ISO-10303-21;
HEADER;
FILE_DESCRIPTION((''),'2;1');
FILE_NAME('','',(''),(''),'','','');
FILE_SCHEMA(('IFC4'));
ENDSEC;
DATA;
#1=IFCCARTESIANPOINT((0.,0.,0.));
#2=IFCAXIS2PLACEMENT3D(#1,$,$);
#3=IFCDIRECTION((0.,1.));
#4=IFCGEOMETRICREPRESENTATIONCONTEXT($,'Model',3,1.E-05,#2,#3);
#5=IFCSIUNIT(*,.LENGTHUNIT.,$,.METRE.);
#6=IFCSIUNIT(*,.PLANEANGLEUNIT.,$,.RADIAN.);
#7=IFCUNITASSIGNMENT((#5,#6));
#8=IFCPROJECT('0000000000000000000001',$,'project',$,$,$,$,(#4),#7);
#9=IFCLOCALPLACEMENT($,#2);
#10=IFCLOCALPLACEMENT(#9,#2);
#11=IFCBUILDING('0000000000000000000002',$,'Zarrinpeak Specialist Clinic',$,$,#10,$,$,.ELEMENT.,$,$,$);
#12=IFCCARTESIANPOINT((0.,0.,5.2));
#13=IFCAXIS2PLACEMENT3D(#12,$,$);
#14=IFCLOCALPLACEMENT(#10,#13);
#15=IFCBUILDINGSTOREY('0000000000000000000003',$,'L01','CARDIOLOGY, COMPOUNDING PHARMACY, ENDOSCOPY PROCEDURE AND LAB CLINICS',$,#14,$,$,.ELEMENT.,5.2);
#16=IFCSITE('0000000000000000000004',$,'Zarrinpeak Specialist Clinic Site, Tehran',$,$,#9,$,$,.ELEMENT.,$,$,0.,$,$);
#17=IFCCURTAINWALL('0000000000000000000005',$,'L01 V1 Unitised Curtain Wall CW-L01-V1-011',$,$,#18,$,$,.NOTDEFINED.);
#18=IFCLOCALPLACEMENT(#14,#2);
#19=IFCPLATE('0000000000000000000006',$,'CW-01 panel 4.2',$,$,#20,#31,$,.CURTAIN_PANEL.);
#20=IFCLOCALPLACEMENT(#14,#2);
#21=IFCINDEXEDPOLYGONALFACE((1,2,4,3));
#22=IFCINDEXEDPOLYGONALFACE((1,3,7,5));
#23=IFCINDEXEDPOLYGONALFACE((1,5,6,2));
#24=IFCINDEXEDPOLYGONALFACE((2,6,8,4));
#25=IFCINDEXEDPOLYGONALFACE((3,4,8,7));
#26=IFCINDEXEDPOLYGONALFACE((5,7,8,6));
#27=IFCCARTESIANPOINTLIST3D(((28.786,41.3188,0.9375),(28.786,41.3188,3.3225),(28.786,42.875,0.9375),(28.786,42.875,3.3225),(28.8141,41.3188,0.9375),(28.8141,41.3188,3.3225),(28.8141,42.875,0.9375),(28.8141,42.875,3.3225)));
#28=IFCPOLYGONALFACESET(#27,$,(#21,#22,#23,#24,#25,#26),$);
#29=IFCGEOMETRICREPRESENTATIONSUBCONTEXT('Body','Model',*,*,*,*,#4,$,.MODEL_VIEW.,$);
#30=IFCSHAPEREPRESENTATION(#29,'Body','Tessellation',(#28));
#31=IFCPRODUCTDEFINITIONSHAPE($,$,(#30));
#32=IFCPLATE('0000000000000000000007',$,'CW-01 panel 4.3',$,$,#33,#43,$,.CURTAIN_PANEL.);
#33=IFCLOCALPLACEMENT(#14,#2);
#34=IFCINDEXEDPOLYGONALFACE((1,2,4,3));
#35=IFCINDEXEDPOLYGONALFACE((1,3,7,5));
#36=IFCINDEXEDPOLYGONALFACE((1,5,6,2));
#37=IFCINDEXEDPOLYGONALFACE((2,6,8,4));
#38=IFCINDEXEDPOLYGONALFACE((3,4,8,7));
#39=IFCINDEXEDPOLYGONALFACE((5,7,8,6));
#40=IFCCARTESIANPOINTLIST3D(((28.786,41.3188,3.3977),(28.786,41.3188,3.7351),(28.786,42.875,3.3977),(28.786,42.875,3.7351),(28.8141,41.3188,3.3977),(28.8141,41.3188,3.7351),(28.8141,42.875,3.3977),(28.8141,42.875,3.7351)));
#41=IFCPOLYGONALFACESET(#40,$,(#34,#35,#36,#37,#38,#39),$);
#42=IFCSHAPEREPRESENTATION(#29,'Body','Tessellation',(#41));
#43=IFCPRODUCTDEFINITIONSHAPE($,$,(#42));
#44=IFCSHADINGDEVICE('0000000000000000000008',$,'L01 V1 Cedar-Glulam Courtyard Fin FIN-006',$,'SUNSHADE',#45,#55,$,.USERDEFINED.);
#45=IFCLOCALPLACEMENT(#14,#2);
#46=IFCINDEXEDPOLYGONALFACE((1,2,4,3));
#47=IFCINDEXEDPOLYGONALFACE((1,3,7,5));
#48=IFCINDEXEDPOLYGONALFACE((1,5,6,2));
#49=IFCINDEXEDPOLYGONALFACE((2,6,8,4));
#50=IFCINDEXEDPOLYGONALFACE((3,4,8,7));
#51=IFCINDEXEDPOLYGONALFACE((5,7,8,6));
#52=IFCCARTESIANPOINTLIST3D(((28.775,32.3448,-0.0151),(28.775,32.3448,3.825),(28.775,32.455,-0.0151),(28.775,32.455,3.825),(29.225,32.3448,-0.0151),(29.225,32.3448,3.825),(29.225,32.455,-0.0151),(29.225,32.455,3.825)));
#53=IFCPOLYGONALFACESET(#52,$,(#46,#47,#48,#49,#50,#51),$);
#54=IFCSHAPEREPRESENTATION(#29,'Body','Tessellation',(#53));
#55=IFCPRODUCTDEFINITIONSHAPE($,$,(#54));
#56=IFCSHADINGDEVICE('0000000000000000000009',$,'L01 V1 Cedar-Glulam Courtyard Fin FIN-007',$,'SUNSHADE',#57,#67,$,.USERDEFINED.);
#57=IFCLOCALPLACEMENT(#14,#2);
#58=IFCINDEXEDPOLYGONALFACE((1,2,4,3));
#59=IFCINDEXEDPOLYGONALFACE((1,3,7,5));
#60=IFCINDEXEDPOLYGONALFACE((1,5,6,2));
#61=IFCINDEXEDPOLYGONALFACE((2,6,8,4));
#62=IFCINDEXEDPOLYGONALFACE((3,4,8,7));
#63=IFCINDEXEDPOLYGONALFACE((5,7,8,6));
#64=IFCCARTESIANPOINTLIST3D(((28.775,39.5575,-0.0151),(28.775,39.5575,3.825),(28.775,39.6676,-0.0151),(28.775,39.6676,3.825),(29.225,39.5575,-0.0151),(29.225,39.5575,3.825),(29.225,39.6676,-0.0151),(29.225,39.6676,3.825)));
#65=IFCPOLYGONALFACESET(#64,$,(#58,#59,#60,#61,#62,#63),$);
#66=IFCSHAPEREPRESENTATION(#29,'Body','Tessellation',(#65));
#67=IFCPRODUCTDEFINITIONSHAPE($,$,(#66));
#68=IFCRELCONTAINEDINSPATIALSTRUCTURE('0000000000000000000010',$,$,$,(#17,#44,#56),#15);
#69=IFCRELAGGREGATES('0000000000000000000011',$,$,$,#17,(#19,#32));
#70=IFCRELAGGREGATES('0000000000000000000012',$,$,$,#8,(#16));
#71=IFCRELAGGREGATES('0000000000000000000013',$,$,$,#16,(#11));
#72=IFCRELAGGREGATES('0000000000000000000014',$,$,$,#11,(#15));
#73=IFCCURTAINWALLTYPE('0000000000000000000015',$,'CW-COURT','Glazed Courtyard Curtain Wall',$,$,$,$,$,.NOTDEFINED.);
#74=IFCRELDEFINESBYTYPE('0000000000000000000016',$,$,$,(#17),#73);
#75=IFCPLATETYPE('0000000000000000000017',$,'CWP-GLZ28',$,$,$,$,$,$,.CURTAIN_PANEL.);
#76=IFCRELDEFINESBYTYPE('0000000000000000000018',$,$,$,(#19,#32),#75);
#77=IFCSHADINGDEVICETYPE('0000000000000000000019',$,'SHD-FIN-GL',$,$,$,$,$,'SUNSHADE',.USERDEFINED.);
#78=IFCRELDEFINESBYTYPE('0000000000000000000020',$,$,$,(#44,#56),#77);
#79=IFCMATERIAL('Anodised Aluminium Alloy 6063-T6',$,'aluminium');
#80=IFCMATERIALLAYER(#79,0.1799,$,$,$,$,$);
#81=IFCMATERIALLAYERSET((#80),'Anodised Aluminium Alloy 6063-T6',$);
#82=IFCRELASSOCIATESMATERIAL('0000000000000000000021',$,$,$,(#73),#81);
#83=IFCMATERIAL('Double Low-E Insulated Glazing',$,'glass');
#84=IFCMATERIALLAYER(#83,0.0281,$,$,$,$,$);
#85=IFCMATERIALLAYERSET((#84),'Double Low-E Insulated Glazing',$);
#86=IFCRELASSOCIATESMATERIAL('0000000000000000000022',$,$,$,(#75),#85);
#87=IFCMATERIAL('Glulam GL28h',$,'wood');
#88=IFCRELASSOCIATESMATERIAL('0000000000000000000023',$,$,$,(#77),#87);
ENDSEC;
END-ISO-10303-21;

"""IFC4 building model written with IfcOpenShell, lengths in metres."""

from ifc_helpers import new_model, si_unit, direction, frame, origin, origin_2d, place, context, subcontext, project, spatial, rectangle, extrude, material, layer, layer_set, type_object, element, aggregate, save


model = new_model("IFC4")

# Units and contexts
model_context = context("Model", 3, precision=1e-05, world=origin(), true_north=direction((0.0, 1.0)))
body_context = subcontext(model_context, "Body", "Model", "MODEL_VIEW")
ifc_project = project(units=[si_unit("LENGTHUNIT", "METRE"), si_unit("PLANEANGLEUNIT", "RADIAN")], contexts=[model_context])

# Site, building, storey
site_placement = place(None, origin())
site = spatial("IfcSite", under=ifc_project, at=site_placement, Name="Zarrinpeak Specialist Clinic Site, Tehran", CompositionType="ELEMENT", RefElevation=0.0)
building_placement = place(site_placement, origin())
building = spatial("IfcBuilding", under=site, at=building_placement, Name="Zarrinpeak Specialist Clinic", CompositionType="ELEMENT")
storey_placement = place(building_placement, frame((0.0, 0.0, 5.2)))
storey = spatial("IfcBuildingStorey", under=building, at=storey_placement, Name="L01", Description="CARDIOLOGY, COMPOUNDING PHARMACY, ENDOSCOPY PROCEDURE AND LAB CLINICS", CompositionType="ELEMENT", Elevation=5.2)

# Curtain wall, plates
ifc_material_1 = material(Name="Anodised Aluminium Alloy 6063-T6", Category="aluminium")
ifc_layer_1 = layer(ifc_material_1, 0.1799)
ifc_layer_set_1 = layer_set([ifc_layer_1], Name="Anodised Aluminium Alloy 6063-T6")
curtain_wall_type = type_object("IfcCurtainWallType", Name="CW-COURT", Description="Glazed Courtyard Curtain Wall", PredefinedType="NOTDEFINED", material=ifc_layer_set_1)
curtain_wall_placement = place(storey_placement, origin())
curtain_wall = element("IfcCurtainWall", 1, at=curtain_wall_placement, inside=storey, type_object=curtain_wall_type, Name="L01 V1 Unitised Curtain Wall CW-L01-V1-011", PredefinedType="NOTDEFINED")
ifc_material_2 = material(Name="Double Low-E Insulated Glazing", Category="glass")
ifc_layer_2 = layer(ifc_material_2, 0.0281)
ifc_layer_set_2 = layer_set([ifc_layer_2], Name="Double Low-E Insulated Glazing")
plate_type = type_object("IfcPlateType", Name="CWP-GLZ28", PredefinedType="CURTAIN_PANEL", material=ifc_layer_set_2)
plate_1_placement = place(storey_placement, frame((28.8, 42.0969, 0.9375), z_axis=(0.0, 0.0, 1.0), x_axis=(0.0, 1.0, 0.0)))
plate_1 = element("IfcPlate", 2, at=plate_1_placement, type_object=plate_type, Name="CW-01 panel 4.2", PredefinedType="CURTAIN_PANEL", context=body_context, shape_type="SweptSolid", body=[
    extrude(rectangle(XDim=1.5562, YDim=0.0281, at=origin_2d()), origin(), (0.0, 0.0, 1.0), 2.385),
])
plate_2_placement = place(storey_placement, frame((28.8, 42.0969, 3.3977), z_axis=(0.0, 0.0, 1.0), x_axis=(0.0, 1.0, 0.0)))
plate_2 = element("IfcPlate", 3, at=plate_2_placement, type_object=plate_type, Name="CW-01 panel 4.3", PredefinedType="CURTAIN_PANEL", context=body_context, shape_type="SweptSolid", body=[
    extrude(rectangle(XDim=1.5562, YDim=0.0281, at=origin_2d()), origin(), (0.0, 0.0, 1.0), 0.3374),
])
aggregate(curtain_wall, [plate_1, plate_2])

# Shading devices
ifc_material_3 = material(Name="Glulam GL28h", Category="wood")
shading_device_type = type_object("IfcShadingDeviceType", Name="SHD-FIN-GL", ElementType="SUNSHADE", PredefinedType="USERDEFINED", material=ifc_material_3)
for number, where, z_axis, x_axis, name in (
    (4, (29.0, 32.3999, -0.0151), (0.0, 0.0, 1.0), (1.0, 0.0, 0.0), "L01 V1 Cedar-Glulam Courtyard Fin FIN-006"),
    (5, (29.0, 39.6125, -0.0151), (0.0, 0.0, 1.0), (1.0, 0.0, 0.0), "L01 V1 Cedar-Glulam Courtyard Fin FIN-007"),
):
    element("IfcShadingDevice", number, at=place(storey_placement, frame(where, z_axis=z_axis, x_axis=x_axis)), inside=storey, type_object=shading_device_type, Name=name, ObjectType="SUNSHADE", PredefinedType="USERDEFINED", context=body_context, shape_type="SweptSolid", body=[
        extrude(rectangle(XDim=0.45, YDim=0.1101, at=origin_2d()), origin(), (0.0, 0.0, 1.0), 3.8401),
    ])

save(model, "model.ifc")
